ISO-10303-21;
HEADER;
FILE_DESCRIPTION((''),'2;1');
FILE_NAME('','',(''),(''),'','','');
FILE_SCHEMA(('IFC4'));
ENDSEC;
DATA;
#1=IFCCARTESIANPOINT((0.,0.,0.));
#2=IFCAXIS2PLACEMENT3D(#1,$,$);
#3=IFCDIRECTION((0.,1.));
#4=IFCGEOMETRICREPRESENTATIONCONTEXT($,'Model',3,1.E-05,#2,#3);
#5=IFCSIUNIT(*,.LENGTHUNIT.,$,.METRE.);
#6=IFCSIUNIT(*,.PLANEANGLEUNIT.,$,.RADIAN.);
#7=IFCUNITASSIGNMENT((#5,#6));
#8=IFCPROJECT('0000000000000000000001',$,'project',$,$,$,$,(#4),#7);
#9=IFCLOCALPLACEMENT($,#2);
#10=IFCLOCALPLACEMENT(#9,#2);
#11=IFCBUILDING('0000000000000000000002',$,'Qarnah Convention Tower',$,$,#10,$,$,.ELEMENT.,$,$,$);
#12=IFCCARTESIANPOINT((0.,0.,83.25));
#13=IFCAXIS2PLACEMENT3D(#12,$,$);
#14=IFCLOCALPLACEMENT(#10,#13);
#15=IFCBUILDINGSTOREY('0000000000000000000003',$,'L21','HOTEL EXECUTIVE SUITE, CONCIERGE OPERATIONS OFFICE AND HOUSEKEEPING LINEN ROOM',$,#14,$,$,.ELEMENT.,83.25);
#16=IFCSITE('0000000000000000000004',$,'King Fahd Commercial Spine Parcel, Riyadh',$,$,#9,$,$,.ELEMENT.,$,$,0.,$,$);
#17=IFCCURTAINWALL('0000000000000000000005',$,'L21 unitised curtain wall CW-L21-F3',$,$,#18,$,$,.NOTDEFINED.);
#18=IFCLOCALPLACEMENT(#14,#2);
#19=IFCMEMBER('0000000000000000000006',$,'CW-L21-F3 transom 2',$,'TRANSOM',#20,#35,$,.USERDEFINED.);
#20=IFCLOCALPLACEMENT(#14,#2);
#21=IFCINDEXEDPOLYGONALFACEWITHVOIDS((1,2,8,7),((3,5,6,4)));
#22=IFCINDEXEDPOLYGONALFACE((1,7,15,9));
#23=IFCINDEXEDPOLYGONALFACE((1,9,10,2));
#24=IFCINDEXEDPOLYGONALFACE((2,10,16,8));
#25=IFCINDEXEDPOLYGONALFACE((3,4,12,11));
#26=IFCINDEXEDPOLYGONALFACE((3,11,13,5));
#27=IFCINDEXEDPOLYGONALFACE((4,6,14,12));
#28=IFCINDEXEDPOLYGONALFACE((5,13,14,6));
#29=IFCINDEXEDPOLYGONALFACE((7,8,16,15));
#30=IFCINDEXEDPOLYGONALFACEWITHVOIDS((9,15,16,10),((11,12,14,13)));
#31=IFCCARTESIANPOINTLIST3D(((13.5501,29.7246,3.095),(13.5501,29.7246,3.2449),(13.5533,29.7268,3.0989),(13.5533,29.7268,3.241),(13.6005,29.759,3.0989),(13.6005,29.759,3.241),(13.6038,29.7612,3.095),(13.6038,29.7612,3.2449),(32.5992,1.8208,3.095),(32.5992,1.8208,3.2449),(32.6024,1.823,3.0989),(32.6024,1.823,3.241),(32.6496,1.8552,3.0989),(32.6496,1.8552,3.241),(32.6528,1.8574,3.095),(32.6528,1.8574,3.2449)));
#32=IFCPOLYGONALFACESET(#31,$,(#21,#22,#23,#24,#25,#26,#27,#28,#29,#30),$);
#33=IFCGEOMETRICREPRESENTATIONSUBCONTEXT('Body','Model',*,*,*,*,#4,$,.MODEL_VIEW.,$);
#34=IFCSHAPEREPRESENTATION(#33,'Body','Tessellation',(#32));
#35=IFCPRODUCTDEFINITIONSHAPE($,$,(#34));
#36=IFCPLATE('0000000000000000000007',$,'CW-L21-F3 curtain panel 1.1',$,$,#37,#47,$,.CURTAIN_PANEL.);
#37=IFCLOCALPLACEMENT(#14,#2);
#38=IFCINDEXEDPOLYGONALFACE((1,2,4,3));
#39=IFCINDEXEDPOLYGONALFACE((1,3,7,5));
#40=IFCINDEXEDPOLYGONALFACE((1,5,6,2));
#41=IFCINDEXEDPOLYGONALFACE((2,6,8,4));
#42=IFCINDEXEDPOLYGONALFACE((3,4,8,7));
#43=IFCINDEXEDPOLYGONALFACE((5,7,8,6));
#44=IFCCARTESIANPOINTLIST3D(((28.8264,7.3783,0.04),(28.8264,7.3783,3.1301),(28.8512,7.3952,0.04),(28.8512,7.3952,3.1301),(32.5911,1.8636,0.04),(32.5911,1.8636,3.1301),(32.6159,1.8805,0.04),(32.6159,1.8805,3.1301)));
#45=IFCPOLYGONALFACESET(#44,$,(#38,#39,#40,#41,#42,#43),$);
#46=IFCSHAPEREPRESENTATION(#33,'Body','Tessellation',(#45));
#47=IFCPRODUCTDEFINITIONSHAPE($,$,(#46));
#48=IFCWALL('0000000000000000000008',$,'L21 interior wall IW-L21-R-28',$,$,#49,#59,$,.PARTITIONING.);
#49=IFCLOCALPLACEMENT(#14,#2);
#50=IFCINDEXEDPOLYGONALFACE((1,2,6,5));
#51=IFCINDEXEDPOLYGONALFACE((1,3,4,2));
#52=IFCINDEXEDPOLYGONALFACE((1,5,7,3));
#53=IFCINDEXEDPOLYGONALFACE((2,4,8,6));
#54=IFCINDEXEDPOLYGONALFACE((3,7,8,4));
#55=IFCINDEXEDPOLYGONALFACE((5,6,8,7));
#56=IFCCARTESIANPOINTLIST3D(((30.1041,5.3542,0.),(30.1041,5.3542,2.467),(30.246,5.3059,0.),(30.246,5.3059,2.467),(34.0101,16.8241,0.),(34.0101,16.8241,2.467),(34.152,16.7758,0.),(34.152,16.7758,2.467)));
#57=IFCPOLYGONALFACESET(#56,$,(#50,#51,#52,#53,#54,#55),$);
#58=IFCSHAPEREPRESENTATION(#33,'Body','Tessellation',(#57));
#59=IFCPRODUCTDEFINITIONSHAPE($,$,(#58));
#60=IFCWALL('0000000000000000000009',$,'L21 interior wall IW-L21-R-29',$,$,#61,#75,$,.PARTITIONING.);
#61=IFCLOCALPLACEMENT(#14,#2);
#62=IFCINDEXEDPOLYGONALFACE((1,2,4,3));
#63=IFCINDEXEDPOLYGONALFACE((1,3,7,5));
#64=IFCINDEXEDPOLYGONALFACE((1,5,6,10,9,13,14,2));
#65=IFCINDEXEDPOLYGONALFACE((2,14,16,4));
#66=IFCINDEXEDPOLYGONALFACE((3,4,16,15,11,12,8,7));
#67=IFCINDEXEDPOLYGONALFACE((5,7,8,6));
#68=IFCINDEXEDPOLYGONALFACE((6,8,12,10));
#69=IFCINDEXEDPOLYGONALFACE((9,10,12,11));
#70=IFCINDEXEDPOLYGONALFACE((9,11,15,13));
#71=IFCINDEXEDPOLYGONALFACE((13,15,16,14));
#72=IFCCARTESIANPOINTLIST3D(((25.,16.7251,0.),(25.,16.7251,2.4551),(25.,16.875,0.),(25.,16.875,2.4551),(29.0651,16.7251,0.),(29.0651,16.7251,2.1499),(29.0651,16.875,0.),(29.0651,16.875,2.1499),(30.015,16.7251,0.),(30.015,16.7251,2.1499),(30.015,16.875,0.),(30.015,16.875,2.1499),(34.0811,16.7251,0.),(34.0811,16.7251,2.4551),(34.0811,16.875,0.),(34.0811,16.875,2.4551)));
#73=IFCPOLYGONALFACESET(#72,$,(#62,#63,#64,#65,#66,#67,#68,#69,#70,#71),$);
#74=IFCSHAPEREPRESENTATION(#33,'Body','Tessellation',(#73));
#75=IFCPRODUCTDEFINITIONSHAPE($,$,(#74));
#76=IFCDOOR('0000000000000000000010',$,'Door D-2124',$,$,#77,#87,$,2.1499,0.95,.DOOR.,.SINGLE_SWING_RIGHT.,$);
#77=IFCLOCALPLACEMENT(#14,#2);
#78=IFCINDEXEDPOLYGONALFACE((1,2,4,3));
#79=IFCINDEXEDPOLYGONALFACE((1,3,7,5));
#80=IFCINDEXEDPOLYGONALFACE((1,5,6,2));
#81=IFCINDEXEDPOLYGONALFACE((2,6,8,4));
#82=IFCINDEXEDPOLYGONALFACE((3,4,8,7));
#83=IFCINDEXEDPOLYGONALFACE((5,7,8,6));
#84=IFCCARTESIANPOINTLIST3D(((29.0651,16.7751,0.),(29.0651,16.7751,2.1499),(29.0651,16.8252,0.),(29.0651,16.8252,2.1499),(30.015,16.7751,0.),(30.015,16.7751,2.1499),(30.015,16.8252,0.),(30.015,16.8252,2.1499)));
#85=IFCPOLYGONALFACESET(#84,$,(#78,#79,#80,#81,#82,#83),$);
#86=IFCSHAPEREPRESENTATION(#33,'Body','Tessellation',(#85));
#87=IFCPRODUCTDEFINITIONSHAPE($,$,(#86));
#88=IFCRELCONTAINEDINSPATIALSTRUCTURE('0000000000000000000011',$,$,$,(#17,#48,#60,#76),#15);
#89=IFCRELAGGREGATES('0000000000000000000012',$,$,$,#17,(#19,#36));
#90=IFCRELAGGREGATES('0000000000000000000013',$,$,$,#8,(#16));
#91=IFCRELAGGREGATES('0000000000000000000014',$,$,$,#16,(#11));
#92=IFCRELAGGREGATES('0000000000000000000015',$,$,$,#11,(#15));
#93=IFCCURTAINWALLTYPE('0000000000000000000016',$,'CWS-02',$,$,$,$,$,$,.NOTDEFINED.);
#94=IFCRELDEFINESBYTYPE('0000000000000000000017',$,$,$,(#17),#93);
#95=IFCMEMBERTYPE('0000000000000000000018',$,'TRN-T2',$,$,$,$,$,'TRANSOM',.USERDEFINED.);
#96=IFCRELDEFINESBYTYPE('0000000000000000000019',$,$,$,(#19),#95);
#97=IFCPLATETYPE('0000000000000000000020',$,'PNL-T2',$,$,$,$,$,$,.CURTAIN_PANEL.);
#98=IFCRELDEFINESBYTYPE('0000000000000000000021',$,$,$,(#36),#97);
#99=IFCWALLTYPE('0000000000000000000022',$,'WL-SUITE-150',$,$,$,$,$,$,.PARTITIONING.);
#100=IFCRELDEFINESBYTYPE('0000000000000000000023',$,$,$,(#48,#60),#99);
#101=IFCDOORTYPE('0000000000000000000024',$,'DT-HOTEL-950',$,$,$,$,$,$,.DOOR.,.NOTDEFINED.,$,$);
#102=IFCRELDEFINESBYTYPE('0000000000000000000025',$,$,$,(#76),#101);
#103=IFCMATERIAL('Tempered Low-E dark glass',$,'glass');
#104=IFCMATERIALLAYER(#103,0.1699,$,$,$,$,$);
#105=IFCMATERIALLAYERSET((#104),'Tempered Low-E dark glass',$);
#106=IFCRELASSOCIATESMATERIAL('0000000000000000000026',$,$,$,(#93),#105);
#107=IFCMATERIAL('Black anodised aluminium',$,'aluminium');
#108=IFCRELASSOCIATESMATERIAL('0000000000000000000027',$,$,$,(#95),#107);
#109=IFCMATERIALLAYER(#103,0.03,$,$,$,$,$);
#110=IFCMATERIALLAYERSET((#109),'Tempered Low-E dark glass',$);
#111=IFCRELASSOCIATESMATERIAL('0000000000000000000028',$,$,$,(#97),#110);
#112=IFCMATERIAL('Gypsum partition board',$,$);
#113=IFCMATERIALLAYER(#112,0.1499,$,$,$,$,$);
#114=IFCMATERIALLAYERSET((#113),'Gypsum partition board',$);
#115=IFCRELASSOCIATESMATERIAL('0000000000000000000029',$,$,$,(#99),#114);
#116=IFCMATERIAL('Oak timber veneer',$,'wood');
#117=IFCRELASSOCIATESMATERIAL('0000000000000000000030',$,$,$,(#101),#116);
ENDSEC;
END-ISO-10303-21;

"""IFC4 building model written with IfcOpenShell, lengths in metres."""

from ifc_helpers import new_model, si_unit, direction, frame, frame_2d, origin, origin_2d, place, context, subcontext, project, spatial, rectangle, hollow_rectangle, extrude, material, layer, layer_set, material_profile, profile_set, type_object, element, fill, aggregate, save


model = new_model("IFC4")

# Units and contexts
model_context = context("Model", 3, precision=1e-05, world=origin(), true_north=direction((0.0, 1.0)))
body_context = subcontext(model_context, "Body", "Model", "MODEL_VIEW")
ifc_project = project(units=[si_unit("LENGTHUNIT", "METRE"), si_unit("PLANEANGLEUNIT", "RADIAN")], contexts=[model_context])

# Site, building, storey
site_placement = place(None, origin())
site = spatial("IfcSite", under=ifc_project, at=site_placement, Name="King Fahd Commercial Spine Parcel, Riyadh", CompositionType="ELEMENT", RefElevation=0.0)
building_placement = place(site_placement, origin())
building = spatial("IfcBuilding", under=site, at=building_placement, Name="Qarnah Convention Tower", CompositionType="ELEMENT")
storey_placement = place(building_placement, frame((0.0, 0.0, 83.25)))
storey = spatial("IfcBuildingStorey", under=building, at=storey_placement, Name="L21", Description="HOTEL EXECUTIVE SUITE, CONCIERGE OPERATIONS OFFICE AND HOUSEKEEPING LINEN ROOM", CompositionType="ELEMENT", Elevation=83.25)

# Curtain wall
ifc_material_1 = material(Name="Tempered Low-E dark glass", Category="glass")
ifc_layer_1 = layer(ifc_material_1, 0.1699)
ifc_layer_set_1 = layer_set([ifc_layer_1], Name="Tempered Low-E dark glass")
curtain_wall_type = type_object("IfcCurtainWallType", Name="CWS-02", PredefinedType="NOTDEFINED", material=ifc_layer_set_1)
curtain_wall_1_placement = place(storey_placement, origin())
curtain_wall_1 = element("IfcCurtainWall", 1, at=curtain_wall_1_placement, inside=storey, type_object=curtain_wall_type, Name="L21 unitised curtain wall CW-L21-F3", PredefinedType="NOTDEFINED")
ifc_material_2 = material(Name="Black anodised aluminium", Category="aluminium")

# Member
ifc_material_profile_1 = material_profile(ifc_material_2, hollow_rectangle(XDim=0.0649, YDim=0.1499, WallThickness=0.0039, at=origin_2d()), Name="TRN-65X150")
ifc_profile_set_1 = profile_set([ifc_material_profile_1], Name="Black anodised aluminium")
member_type_1 = type_object("IfcMemberType", Name="TRN-T2", ElementType="TRANSOM", PredefinedType="USERDEFINED", material=ifc_profile_set_1)
member_1_placement = place(storey_placement, frame((32.626, 1.8391, 3.1699), z_axis=(-0.563817, 0.8259, 0.0), x_axis=(-0.8259, -0.563817, 0.0)))
member_1 = element("IfcMember", 2, at=member_1_placement, type_object=member_type_1, Name="CW-L21-F3 transom 2", ObjectType="TRANSOM", PredefinedType="USERDEFINED", context=body_context, shape_type="SweptSolid", body=[
    extrude(hollow_rectangle(XDim=0.0649, YDim=0.1499, WallThickness=0.0039, at=origin_2d()), origin(), (0.0, 0.0, 1.0), 33.7859),
])

# Plate
ifc_layer_2 = layer(ifc_material_1, 0.03)
ifc_layer_set_2 = layer_set([ifc_layer_2], Name="Tempered Low-E dark glass")
plate_type = type_object("IfcPlateType", Name="PNL-T2", PredefinedType="CURTAIN_PANEL", material=ifc_layer_set_2)
plate_placement = place(storey_placement, frame((30.7212, 4.6294, 0.04), z_axis=(0.0, 0.0, 1.0), x_axis=(-0.563812, 0.825903, 0.0)))
plate = element("IfcPlate", 3, at=plate_placement, type_object=plate_type, Name="CW-L21-F3 curtain panel 1.1", PredefinedType="CURTAIN_PANEL", context=body_context, shape_type="SweptSolid", body=[
    extrude(rectangle(XDim=6.6772, YDim=0.03, at=origin_2d()), origin(), (0.0, 0.0, 1.0), 3.0901),
])
aggregate(curtain_wall_1, [member_1, plate])

# Wall
ifc_material_3 = material(Name="Gypsum partition board")
ifc_layer_3 = layer(ifc_material_3, 0.1499)
ifc_layer_set_3 = layer_set([ifc_layer_3], Name="Gypsum partition board")
wall_type = type_object("IfcWallType", Name="WL-SUITE-150", PredefinedType="PARTITIONING", material=ifc_layer_set_3)
wall_1_placement = place(storey_placement, frame((30.175, 5.3301, 0.0), z_axis=(0.0, 0.0, 1.0), x_axis=(0.322363, 0.946616, 0.0)))
element("IfcWall", 4, at=wall_1_placement, inside=storey, type_object=wall_type, Name="L21 interior wall IW-L21-R-28", PredefinedType="PARTITIONING", context=body_context, shape_type="SweptSolid", body=[
    extrude(rectangle(XDim=12.1167, YDim=0.1499, at=frame_2d((6.0583, 0.0))), origin(), (0.0, 0.0, 1.0), 2.467),
])

# Wall, opening, door
wall_2_placement = place(storey_placement, frame((34.0811, 16.8, 0.0), z_axis=(0.0, 0.0, 1.0), x_axis=(-1.0, 0.0, 0.0)))
wall_2 = element("IfcWall", 5, at=wall_2_placement, inside=storey, type_object=wall_type, Name="L21 interior wall IW-L21-R-29", PredefinedType="PARTITIONING", context=body_context, shape_type="SweptSolid", body=[
    extrude(rectangle(XDim=9.0811, YDim=0.1499, at=frame_2d((4.5405, 0.0))), origin(), (0.0, 0.0, 1.0), 2.4551),
])
opening_placement = place(wall_2_placement, frame((4.0659, 0.0, 0.0)))
opening = element("IfcOpeningElement", 6, at=opening_placement, cuts=wall_2, PredefinedType="OPENING", context=body_context, shape_type="SweptSolid", body=[
    extrude(rectangle(XDim=0.95, YDim=2.1499, at=frame_2d((0.4751, 1.075))), frame((0.0, 0.085, 0.0), z_axis=(0.0, -1.0, 0.0), x_axis=(1.0, 0.0, 0.0)), (0.0, 0.0, 1.0), 0.1699),
])
ifc_material_4 = material(Name="Oak timber veneer", Category="wood")
door_type = type_object("IfcDoorType", Name="DT-HOTEL-950", OperationType="NOTDEFINED", PredefinedType="DOOR", material=ifc_material_4)
door_placement = place(opening_placement, origin())
door = element("IfcDoor", 7, at=door_placement, inside=storey, type_object=door_type, Name="Door D-2124", OperationType="SINGLE_SWING_RIGHT", OverallHeight=2.1499, OverallWidth=0.95, PredefinedType="DOOR", context=body_context, shape_type="SweptSolid", body=[
    extrude(rectangle(XDim=0.95, YDim=2.1499, at=frame_2d((0.4751, 1.075))), frame((0.0, 0.0249, 0.0), z_axis=(0.0, -1.0, 0.0), x_axis=(1.0, 0.0, 0.0)), (0.0, 0.0, 1.0), 0.05),
])
fill(opening, door)

save(model, "model.ifc")
